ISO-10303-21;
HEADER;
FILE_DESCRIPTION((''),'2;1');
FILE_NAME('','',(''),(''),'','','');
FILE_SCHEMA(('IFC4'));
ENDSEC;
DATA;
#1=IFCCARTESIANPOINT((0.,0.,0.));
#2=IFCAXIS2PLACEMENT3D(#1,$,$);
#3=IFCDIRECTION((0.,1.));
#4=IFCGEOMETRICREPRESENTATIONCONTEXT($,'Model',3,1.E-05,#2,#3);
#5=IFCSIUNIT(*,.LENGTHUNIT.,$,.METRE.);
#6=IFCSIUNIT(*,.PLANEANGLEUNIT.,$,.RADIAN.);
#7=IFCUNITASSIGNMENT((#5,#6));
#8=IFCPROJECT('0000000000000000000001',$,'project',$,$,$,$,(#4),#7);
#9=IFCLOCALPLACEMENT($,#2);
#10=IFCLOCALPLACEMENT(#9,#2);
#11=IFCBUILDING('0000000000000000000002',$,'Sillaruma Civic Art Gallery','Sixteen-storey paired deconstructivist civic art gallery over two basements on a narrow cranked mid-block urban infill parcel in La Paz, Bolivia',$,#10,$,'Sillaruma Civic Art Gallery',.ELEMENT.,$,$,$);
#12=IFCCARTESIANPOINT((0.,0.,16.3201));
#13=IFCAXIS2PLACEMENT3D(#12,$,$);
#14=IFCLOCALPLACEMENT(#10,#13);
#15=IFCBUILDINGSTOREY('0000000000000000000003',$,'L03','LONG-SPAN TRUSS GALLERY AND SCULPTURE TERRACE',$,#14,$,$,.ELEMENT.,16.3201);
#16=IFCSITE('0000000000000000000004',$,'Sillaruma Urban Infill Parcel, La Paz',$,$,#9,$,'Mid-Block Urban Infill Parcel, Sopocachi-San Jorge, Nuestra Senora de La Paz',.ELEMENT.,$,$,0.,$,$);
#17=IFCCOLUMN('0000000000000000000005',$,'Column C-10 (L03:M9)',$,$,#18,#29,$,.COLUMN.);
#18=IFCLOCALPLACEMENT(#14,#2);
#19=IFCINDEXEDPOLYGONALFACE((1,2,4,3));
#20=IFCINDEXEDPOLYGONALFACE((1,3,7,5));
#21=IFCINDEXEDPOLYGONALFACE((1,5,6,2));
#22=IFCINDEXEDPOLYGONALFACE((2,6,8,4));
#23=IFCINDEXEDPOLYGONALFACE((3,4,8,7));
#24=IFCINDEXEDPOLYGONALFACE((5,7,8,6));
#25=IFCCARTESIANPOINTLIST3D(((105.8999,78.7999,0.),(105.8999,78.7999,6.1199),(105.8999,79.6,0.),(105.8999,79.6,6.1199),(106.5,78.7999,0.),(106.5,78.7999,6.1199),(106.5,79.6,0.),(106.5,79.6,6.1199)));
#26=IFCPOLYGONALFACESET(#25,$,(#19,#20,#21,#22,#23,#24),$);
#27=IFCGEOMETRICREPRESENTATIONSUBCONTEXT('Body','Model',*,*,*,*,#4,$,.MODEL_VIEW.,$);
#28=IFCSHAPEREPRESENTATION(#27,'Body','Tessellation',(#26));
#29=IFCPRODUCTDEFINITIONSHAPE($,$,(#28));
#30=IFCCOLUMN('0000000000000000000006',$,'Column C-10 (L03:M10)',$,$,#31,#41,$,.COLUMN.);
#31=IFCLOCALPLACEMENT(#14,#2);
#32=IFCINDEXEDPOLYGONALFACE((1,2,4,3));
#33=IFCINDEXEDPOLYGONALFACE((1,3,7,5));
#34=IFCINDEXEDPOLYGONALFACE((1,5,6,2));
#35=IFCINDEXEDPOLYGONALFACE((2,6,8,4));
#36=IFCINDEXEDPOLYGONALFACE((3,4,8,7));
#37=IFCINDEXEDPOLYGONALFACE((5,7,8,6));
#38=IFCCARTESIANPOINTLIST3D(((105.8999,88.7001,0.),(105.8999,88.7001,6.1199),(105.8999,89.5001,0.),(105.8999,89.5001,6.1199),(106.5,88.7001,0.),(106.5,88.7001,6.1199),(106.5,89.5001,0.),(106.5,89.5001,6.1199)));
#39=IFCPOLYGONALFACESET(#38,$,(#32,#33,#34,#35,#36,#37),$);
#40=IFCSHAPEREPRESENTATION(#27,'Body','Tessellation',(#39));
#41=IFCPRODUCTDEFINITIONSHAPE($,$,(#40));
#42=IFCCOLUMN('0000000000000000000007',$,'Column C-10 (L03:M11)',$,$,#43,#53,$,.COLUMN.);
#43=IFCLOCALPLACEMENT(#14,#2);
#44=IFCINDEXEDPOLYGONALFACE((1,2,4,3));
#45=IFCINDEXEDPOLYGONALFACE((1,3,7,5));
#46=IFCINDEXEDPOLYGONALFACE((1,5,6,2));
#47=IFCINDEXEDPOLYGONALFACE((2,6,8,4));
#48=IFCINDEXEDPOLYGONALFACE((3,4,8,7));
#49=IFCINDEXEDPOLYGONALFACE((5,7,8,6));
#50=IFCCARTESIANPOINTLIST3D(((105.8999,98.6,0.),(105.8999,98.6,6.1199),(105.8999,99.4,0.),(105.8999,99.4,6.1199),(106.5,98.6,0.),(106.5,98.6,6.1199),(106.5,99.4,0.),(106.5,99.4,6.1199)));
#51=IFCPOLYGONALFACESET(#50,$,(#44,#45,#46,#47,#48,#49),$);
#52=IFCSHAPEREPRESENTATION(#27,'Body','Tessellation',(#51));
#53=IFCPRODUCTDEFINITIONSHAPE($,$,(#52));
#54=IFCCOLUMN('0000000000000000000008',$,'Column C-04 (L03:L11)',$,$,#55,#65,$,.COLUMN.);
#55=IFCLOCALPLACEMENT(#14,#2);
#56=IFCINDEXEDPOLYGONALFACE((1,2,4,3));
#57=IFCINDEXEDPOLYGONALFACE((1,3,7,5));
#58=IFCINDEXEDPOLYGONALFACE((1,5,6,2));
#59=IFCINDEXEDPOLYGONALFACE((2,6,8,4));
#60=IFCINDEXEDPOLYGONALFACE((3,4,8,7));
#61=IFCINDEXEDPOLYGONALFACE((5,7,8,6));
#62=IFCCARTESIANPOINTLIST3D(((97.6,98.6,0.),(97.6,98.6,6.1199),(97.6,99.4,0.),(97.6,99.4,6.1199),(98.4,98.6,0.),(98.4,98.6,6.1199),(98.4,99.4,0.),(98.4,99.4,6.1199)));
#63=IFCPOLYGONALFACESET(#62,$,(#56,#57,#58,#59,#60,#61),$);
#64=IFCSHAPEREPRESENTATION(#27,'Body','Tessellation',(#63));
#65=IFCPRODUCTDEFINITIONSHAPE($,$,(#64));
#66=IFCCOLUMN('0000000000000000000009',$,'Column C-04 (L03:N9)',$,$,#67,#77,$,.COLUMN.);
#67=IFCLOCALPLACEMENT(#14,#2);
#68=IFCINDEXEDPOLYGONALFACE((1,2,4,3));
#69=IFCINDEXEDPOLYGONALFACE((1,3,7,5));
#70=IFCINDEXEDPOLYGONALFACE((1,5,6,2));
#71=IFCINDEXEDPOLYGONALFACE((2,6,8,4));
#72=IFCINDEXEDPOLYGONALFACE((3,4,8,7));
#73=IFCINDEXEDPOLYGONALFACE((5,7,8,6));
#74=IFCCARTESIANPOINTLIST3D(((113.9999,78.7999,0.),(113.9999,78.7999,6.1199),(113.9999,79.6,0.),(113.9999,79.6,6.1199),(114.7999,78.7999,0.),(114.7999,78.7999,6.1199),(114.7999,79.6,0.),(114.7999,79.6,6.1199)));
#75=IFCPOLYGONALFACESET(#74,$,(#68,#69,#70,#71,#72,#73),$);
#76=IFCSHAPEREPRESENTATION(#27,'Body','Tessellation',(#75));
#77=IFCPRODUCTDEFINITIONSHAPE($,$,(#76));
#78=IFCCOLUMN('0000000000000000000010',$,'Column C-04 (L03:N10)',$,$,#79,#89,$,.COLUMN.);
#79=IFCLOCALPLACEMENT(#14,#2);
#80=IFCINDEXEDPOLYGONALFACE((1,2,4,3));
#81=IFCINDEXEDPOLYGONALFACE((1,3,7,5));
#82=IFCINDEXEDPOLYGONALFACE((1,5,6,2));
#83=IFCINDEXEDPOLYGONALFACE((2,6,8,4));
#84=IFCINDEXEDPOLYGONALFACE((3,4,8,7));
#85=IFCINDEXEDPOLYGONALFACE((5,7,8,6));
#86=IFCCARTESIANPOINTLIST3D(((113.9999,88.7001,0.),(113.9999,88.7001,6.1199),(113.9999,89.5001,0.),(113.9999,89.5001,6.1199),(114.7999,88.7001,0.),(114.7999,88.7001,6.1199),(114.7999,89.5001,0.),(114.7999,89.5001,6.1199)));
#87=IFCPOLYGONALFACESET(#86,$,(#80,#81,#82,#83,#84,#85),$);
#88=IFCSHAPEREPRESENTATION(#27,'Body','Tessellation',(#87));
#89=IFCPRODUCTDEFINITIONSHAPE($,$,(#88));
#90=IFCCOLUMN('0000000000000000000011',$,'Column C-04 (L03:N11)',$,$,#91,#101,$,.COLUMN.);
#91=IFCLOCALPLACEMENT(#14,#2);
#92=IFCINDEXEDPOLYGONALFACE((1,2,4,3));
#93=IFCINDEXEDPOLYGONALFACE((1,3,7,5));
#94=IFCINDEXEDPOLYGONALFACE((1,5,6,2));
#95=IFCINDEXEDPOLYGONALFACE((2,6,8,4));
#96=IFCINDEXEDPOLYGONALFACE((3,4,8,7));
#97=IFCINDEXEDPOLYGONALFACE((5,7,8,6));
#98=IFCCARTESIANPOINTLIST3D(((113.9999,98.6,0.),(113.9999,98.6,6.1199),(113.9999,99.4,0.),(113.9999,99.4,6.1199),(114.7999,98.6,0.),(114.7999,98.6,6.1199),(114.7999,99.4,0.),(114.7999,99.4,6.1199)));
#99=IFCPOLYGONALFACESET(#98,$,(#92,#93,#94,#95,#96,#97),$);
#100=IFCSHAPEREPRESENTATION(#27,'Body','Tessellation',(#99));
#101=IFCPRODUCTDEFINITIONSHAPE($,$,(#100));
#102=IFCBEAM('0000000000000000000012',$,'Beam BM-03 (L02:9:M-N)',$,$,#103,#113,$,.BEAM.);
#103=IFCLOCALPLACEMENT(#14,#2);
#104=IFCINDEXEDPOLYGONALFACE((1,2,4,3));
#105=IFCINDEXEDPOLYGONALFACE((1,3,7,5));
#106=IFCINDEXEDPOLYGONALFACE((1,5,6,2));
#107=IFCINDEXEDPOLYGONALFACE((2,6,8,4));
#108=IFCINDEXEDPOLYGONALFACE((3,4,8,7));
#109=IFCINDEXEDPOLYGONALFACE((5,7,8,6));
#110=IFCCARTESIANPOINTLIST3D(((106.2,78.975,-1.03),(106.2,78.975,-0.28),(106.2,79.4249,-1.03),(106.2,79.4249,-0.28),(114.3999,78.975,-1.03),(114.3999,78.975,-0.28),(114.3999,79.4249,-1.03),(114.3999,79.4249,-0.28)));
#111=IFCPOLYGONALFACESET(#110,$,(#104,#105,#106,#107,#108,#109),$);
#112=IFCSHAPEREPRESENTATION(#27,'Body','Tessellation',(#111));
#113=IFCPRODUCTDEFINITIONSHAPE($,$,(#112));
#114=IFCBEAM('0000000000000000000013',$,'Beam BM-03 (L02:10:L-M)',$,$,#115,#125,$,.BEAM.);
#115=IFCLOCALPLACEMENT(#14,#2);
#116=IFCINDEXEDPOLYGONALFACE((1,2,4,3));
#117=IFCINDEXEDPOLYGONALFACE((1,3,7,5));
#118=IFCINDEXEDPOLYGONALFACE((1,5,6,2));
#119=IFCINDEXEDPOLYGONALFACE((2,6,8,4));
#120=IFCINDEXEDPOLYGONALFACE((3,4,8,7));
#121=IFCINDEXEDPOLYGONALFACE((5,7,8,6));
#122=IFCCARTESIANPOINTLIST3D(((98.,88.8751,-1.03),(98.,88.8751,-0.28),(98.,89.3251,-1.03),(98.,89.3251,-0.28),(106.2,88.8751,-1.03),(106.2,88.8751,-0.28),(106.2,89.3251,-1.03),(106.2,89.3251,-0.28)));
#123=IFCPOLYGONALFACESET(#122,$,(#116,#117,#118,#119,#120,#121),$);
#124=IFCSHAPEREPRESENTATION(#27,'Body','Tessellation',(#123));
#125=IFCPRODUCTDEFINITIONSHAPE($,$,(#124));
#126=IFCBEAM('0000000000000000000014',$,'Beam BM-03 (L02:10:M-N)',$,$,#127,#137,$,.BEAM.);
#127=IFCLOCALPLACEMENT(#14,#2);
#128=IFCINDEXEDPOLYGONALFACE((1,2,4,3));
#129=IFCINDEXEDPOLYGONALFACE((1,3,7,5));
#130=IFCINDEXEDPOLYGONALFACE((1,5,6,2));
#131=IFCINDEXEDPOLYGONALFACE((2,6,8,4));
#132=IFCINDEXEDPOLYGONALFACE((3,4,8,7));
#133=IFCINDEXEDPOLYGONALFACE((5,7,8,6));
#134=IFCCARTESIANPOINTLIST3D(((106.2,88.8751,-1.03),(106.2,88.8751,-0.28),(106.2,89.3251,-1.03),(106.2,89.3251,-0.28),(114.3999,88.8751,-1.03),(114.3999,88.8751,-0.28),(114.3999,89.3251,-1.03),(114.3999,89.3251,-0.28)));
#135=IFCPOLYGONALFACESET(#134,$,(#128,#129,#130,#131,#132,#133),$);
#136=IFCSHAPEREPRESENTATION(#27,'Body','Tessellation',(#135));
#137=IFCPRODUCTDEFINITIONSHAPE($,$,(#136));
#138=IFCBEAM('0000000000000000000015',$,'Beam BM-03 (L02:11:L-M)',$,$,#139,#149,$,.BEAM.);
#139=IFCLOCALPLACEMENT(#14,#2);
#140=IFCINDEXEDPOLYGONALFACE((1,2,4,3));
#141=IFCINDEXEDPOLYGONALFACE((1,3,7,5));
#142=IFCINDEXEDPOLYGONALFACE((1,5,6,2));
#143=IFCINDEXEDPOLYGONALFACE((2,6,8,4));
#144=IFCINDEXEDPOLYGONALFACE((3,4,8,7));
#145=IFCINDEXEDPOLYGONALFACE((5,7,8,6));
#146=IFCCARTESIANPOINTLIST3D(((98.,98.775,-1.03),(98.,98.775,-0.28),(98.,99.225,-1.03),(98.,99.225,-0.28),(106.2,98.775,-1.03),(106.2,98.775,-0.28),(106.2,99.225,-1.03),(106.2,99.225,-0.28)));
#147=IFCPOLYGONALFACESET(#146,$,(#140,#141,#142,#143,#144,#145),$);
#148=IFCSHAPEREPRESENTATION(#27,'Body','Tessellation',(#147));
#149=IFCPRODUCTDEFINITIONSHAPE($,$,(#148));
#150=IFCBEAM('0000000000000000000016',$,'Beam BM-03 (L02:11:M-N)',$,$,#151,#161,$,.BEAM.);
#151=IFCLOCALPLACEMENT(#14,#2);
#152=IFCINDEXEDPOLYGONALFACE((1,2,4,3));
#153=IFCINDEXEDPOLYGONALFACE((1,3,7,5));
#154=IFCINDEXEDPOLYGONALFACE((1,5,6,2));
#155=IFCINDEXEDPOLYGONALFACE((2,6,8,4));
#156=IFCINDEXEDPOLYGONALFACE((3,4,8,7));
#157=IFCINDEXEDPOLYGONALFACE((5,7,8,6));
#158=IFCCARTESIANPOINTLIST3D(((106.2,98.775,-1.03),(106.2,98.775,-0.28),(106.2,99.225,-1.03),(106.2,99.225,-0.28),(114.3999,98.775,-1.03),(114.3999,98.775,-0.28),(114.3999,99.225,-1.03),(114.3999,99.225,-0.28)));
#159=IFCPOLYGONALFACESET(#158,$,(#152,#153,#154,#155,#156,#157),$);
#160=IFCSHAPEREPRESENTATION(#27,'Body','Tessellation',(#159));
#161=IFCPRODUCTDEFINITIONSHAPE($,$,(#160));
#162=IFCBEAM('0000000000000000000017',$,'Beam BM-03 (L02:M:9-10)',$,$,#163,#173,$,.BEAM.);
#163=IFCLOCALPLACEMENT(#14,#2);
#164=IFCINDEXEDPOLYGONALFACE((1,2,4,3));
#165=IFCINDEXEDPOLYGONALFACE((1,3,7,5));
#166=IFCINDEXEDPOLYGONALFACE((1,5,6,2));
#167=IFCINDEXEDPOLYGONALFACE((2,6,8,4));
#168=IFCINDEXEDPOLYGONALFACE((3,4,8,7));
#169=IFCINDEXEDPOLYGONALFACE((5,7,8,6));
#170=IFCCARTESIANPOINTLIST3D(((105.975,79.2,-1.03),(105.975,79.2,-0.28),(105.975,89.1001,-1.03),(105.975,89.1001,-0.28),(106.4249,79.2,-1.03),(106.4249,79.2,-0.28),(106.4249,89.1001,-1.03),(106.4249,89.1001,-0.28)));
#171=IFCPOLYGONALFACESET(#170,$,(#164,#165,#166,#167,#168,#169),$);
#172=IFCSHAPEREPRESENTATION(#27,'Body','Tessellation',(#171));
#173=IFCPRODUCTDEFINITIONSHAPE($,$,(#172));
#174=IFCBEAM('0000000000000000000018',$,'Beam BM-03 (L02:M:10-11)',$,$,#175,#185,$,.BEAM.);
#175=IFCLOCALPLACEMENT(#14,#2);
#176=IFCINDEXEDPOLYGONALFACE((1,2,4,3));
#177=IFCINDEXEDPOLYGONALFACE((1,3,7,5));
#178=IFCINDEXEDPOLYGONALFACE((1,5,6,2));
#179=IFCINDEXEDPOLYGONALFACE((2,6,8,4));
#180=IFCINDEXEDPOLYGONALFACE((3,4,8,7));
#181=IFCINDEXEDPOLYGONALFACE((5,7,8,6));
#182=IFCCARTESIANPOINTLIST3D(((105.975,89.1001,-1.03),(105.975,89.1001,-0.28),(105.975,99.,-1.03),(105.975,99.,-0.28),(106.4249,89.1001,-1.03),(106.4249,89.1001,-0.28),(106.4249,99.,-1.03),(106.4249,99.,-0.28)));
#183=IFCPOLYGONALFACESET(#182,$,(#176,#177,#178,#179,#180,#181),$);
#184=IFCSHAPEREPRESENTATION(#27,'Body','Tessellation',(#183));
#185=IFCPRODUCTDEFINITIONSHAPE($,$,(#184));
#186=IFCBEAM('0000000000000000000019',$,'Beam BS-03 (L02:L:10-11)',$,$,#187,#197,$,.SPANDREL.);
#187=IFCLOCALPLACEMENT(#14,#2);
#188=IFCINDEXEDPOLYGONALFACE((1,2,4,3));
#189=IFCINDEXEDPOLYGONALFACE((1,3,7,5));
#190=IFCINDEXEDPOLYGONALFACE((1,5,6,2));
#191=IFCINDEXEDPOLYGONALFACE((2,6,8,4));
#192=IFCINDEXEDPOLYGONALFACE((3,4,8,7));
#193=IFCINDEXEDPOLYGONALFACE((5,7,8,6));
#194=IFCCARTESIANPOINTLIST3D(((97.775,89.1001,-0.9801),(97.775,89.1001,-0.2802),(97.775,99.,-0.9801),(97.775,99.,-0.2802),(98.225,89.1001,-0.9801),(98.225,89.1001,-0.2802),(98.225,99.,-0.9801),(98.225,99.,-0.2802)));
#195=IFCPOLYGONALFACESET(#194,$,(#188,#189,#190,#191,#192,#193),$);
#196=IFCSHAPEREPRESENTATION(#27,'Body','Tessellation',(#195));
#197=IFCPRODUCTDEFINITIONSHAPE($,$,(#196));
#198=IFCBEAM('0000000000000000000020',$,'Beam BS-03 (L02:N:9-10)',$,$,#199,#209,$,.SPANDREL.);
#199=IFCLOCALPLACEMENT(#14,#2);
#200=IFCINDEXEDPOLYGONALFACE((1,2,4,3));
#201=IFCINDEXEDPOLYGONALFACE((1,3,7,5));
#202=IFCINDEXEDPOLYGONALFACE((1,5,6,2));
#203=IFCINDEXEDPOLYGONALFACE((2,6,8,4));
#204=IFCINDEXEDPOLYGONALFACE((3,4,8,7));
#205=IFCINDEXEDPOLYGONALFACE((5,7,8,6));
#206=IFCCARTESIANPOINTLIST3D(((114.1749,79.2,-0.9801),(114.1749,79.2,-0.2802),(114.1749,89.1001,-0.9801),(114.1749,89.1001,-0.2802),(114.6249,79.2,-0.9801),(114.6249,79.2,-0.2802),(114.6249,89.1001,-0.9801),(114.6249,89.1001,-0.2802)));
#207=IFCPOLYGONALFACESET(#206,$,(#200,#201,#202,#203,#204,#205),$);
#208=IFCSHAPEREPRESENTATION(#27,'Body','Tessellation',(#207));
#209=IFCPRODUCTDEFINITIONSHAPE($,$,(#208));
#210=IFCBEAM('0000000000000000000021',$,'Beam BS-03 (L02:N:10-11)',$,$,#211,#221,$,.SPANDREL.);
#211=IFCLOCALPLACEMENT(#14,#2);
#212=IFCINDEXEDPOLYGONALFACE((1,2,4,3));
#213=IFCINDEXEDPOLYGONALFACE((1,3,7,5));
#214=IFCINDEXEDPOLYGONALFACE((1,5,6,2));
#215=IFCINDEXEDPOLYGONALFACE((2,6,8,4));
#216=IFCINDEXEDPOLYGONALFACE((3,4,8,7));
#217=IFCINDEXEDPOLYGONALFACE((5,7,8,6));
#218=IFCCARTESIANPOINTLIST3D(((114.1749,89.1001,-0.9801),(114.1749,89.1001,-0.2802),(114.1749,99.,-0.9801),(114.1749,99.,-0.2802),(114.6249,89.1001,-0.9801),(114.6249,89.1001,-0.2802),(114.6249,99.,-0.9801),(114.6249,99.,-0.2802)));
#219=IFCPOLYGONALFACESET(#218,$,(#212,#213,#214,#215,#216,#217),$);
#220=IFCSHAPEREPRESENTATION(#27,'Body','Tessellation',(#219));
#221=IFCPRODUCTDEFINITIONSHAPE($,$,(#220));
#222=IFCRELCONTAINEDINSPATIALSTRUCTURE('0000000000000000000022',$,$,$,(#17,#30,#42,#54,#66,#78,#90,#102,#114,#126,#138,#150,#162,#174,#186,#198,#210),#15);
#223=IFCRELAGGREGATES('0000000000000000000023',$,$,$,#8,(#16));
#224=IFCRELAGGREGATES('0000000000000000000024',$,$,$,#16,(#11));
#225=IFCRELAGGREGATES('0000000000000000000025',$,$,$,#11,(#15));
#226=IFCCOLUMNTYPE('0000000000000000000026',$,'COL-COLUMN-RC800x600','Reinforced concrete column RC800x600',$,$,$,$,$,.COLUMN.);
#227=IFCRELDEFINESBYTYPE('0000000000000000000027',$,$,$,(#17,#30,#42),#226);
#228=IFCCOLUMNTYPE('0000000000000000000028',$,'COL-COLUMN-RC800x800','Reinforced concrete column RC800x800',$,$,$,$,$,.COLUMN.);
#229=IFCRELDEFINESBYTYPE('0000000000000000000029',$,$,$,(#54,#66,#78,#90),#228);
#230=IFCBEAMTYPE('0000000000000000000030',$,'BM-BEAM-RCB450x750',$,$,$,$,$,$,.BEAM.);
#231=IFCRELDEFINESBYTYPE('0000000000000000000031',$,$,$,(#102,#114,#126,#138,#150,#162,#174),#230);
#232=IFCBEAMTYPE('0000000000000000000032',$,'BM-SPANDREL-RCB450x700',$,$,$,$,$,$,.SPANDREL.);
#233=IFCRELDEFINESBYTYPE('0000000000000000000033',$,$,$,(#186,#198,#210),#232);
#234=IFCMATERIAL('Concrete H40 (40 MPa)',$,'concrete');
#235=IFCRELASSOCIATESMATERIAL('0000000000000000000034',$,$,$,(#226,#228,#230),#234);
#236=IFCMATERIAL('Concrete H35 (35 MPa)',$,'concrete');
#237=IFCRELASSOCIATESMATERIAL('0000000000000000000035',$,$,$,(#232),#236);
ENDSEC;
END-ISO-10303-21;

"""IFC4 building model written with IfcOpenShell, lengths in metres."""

from ifc_helpers import new_model, si_unit, direction, frame, origin, origin_2d, place, context, subcontext, project, spatial, rectangle, extrude, material, material_profile, profile_set, type_object, element, save


model = new_model("IFC4")

# Units and contexts
model_context = context("Model", 3, precision=1e-05, world=origin(), true_north=direction((0.0, 1.0)))
body_context = subcontext(model_context, "Body", "Model", "MODEL_VIEW")
ifc_project = project(units=[si_unit("LENGTHUNIT", "METRE"), si_unit("PLANEANGLEUNIT", "RADIAN")], contexts=[model_context])

# Site, building, storey
site_placement = place(None, origin())
site = spatial("IfcSite", under=ifc_project, at=site_placement, Name="Sillaruma Urban Infill Parcel, La Paz", LongName="Mid-Block Urban Infill Parcel, Sopocachi-San Jorge, Nuestra Senora de La Paz", CompositionType="ELEMENT", RefElevation=0.0)
building_placement = place(site_placement, origin())
building = spatial("IfcBuilding", under=site, at=building_placement, Name="Sillaruma Civic Art Gallery", Description="Sixteen-storey paired deconstructivist civic art gallery over two basements on a narrow cranked mid-block urban infill parcel in La Paz, Bolivia", LongName="Sillaruma Civic Art Gallery", CompositionType="ELEMENT")
storey_placement = place(building_placement, frame((0.0, 0.0, 16.3201)))
storey = spatial("IfcBuildingStorey", under=building, at=storey_placement, Name="L03", Description="LONG-SPAN TRUSS GALLERY AND SCULPTURE TERRACE", CompositionType="ELEMENT", Elevation=16.3201)

# Columns
ifc_material_1 = material(Name="Concrete H40 (40 MPa)", Category="concrete")
ifc_material_profile_1 = material_profile(ifc_material_1, rectangle(XDim=0.6001, YDim=0.8, at=origin_2d()), Name="RC800x600")
ifc_profile_set_1 = profile_set([ifc_material_profile_1], Name="Concrete H40 (40 MPa)")
column_type_1 = type_object("IfcColumnType", Name="COL-COLUMN-RC800x600", Description="Reinforced concrete column RC800x600", PredefinedType="COLUMN", material=ifc_profile_set_1)
for number, where, z_axis, x_axis, name in (
    (1, (106.2, 79.2, 0.0), (0.0, 0.0, 1.0), (1.0, 0.0, 0.0), "Column C-10 (L03:M9)"),
    (2, (106.2, 89.1001, 0.0), (0.0, 0.0, 1.0), (1.0, 0.0, 0.0), "Column C-10 (L03:M10)"),
    (3, (106.2, 99.0, 0.0), (0.0, 0.0, 1.0), (1.0, 0.0, 0.0), "Column C-10 (L03:M11)"),
):
    element("IfcColumn", number, at=place(storey_placement, frame(where, z_axis=z_axis, x_axis=x_axis)), inside=storey, type_object=column_type_1, Name=name, PredefinedType="COLUMN", context=body_context, shape_type="SweptSolid", body=[
        extrude(rectangle(XDim=0.6001, YDim=0.8, at=origin_2d()), origin(), (0.0, 0.0, 1.0), 6.1199),
    ])
ifc_material_profile_2 = material_profile(ifc_material_1, rectangle(XDim=0.8, YDim=0.8, at=origin_2d()), Name="RC800x800")
ifc_profile_set_2 = profile_set([ifc_material_profile_2], Name="Concrete H40 (40 MPa)")
column_type_2 = type_object("IfcColumnType", Name="COL-COLUMN-RC800x800", Description="Reinforced concrete column RC800x800", PredefinedType="COLUMN", material=ifc_profile_set_2)
for number, where, z_axis, x_axis, name in (
    (4, (98.0, 99.0, 0.0), (0.0, 0.0, 1.0), (1.0, 0.0, 0.0), "Column C-04 (L03:L11)"),
    (5, (114.3999, 79.2, 0.0), (0.0, 0.0, 1.0), (1.0, 0.0, 0.0), "Column C-04 (L03:N9)"),
    (6, (114.3999, 89.1001, 0.0), (0.0, 0.0, 1.0), (1.0, 0.0, 0.0), "Column C-04 (L03:N10)"),
    (7, (114.3999, 99.0, 0.0), (0.0, 0.0, 1.0), (1.0, 0.0, 0.0), "Column C-04 (L03:N11)"),
):
    element("IfcColumn", number, at=place(storey_placement, frame(where, z_axis=z_axis, x_axis=x_axis)), inside=storey, type_object=column_type_2, Name=name, PredefinedType="COLUMN", context=body_context, shape_type="SweptSolid", body=[
        extrude(rectangle(XDim=0.8, YDim=0.8, at=origin_2d()), origin(), (0.0, 0.0, 1.0), 6.1199),
    ])

# Beams
ifc_material_profile_3 = material_profile(ifc_material_1, rectangle(XDim=0.45, YDim=0.75, at=origin_2d()), Name="RCB450x750")
ifc_profile_set_3 = profile_set([ifc_material_profile_3], Name="Concrete H40 (40 MPa)")
beam_type_1 = type_object("IfcBeamType", Name="BM-BEAM-RCB450x750", PredefinedType="BEAM", material=ifc_profile_set_3)
for number, where, z_axis, x_axis, name in (
    (8, (106.2, 79.2, -0.655), (1.0, 0.0, 0.0), (0.0, 1.0, 0.0), "Beam BM-03 (L02:9:M-N)"),
    (9, (98.0, 89.1001, -0.655), (1.0, 0.0, 0.0), (0.0, 1.0, 0.0), "Beam BM-03 (L02:10:L-M)"),
    (10, (106.2, 89.1001, -0.655), (1.0, 0.0, 0.0), (0.0, 1.0, 0.0), "Beam BM-03 (L02:10:M-N)"),
    (11, (98.0, 99.0, -0.655), (1.0, 0.0, 0.0), (0.0, 1.0, 0.0), "Beam BM-03 (L02:11:L-M)"),
    (12, (106.2, 99.0, -0.655), (1.0, 0.0, 0.0), (0.0, 1.0, 0.0), "Beam BM-03 (L02:11:M-N)"),
):
    element("IfcBeam", number, at=place(storey_placement, frame(where, z_axis=z_axis, x_axis=x_axis)), inside=storey, type_object=beam_type_1, Name=name, PredefinedType="BEAM", context=body_context, shape_type="SweptSolid", body=[
        extrude(rectangle(XDim=0.45, YDim=0.75, at=origin_2d()), origin(), (0.0, 0.0, 1.0), 8.2),
    ])
beam_1_placement = place(storey_placement, frame((106.2, 79.2, -0.655), z_axis=(0.0, 1.0, 0.0), x_axis=(-1.0, 0.0, 0.0)))
element("IfcBeam", 13, at=beam_1_placement, inside=storey, type_object=beam_type_1, Name="Beam BM-03 (L02:M:9-10)", PredefinedType="BEAM", context=body_context, shape_type="SweptSolid", body=[
    extrude(rectangle(XDim=0.45, YDim=0.75, at=origin_2d()), origin(), (0.0, 0.0, 1.0), 9.9001),
])
beam_2_placement = place(storey_placement, frame((106.2, 89.1001, -0.655), z_axis=(0.0, 1.0, 0.0), x_axis=(-1.0, 0.0, 0.0)))
element("IfcBeam", 14, at=beam_2_placement, inside=storey, type_object=beam_type_1, Name="Beam BM-03 (L02:M:10-11)", PredefinedType="BEAM", context=body_context, shape_type="SweptSolid", body=[
    extrude(rectangle(XDim=0.45, YDim=0.75, at=origin_2d()), origin(), (0.0, 0.0, 1.0), 9.8999),
])
ifc_material_2 = material(Name="Concrete H35 (35 MPa)", Category="concrete")
ifc_material_profile_4 = material_profile(ifc_material_2, rectangle(XDim=0.45, YDim=0.7, at=origin_2d()), Name="RCB450x700")
ifc_profile_set_4 = profile_set([ifc_material_profile_4], Name="Concrete H35 (35 MPa)")
beam_type_2 = type_object("IfcBeamType", Name="BM-SPANDREL-RCB450x700", PredefinedType="SPANDREL", material=ifc_profile_set_4)
beam_3_placement = place(storey_placement, frame((98.0, 89.1001, -0.6301), z_axis=(0.0, 1.0, 0.0), x_axis=(-1.0, 0.0, 0.0)))
element("IfcBeam", 15, at=beam_3_placement, inside=storey, type_object=beam_type_2, Name="Beam BS-03 (L02:L:10-11)", PredefinedType="SPANDREL", context=body_context, shape_type="SweptSolid", body=[
    extrude(rectangle(XDim=0.45, YDim=0.7, at=origin_2d()), origin(), (0.0, 0.0, 1.0), 9.8999),
])
beam_4_placement = place(storey_placement, frame((114.3999, 79.2, -0.6301), z_axis=(0.0, 1.0, 0.0), x_axis=(-1.0, 0.0, 0.0)))
element("IfcBeam", 16, at=beam_4_placement, inside=storey, type_object=beam_type_2, Name="Beam BS-03 (L02:N:9-10)", PredefinedType="SPANDREL", context=body_context, shape_type="SweptSolid", body=[
    extrude(rectangle(XDim=0.45, YDim=0.7, at=origin_2d()), origin(), (0.0, 0.0, 1.0), 9.9001),
])
beam_5_placement = place(storey_placement, frame((114.3999, 89.1001, -0.6301), z_axis=(0.0, 1.0, 0.0), x_axis=(-1.0, 0.0, 0.0)))
element("IfcBeam", 17, at=beam_5_placement, inside=storey, type_object=beam_type_2, Name="Beam BS-03 (L02:N:10-11)", PredefinedType="SPANDREL", context=body_context, shape_type="SweptSolid", body=[
    extrude(rectangle(XDim=0.45, YDim=0.7, at=origin_2d()), origin(), (0.0, 0.0, 1.0), 9.8999),
])

save(model, "model.ifc")
